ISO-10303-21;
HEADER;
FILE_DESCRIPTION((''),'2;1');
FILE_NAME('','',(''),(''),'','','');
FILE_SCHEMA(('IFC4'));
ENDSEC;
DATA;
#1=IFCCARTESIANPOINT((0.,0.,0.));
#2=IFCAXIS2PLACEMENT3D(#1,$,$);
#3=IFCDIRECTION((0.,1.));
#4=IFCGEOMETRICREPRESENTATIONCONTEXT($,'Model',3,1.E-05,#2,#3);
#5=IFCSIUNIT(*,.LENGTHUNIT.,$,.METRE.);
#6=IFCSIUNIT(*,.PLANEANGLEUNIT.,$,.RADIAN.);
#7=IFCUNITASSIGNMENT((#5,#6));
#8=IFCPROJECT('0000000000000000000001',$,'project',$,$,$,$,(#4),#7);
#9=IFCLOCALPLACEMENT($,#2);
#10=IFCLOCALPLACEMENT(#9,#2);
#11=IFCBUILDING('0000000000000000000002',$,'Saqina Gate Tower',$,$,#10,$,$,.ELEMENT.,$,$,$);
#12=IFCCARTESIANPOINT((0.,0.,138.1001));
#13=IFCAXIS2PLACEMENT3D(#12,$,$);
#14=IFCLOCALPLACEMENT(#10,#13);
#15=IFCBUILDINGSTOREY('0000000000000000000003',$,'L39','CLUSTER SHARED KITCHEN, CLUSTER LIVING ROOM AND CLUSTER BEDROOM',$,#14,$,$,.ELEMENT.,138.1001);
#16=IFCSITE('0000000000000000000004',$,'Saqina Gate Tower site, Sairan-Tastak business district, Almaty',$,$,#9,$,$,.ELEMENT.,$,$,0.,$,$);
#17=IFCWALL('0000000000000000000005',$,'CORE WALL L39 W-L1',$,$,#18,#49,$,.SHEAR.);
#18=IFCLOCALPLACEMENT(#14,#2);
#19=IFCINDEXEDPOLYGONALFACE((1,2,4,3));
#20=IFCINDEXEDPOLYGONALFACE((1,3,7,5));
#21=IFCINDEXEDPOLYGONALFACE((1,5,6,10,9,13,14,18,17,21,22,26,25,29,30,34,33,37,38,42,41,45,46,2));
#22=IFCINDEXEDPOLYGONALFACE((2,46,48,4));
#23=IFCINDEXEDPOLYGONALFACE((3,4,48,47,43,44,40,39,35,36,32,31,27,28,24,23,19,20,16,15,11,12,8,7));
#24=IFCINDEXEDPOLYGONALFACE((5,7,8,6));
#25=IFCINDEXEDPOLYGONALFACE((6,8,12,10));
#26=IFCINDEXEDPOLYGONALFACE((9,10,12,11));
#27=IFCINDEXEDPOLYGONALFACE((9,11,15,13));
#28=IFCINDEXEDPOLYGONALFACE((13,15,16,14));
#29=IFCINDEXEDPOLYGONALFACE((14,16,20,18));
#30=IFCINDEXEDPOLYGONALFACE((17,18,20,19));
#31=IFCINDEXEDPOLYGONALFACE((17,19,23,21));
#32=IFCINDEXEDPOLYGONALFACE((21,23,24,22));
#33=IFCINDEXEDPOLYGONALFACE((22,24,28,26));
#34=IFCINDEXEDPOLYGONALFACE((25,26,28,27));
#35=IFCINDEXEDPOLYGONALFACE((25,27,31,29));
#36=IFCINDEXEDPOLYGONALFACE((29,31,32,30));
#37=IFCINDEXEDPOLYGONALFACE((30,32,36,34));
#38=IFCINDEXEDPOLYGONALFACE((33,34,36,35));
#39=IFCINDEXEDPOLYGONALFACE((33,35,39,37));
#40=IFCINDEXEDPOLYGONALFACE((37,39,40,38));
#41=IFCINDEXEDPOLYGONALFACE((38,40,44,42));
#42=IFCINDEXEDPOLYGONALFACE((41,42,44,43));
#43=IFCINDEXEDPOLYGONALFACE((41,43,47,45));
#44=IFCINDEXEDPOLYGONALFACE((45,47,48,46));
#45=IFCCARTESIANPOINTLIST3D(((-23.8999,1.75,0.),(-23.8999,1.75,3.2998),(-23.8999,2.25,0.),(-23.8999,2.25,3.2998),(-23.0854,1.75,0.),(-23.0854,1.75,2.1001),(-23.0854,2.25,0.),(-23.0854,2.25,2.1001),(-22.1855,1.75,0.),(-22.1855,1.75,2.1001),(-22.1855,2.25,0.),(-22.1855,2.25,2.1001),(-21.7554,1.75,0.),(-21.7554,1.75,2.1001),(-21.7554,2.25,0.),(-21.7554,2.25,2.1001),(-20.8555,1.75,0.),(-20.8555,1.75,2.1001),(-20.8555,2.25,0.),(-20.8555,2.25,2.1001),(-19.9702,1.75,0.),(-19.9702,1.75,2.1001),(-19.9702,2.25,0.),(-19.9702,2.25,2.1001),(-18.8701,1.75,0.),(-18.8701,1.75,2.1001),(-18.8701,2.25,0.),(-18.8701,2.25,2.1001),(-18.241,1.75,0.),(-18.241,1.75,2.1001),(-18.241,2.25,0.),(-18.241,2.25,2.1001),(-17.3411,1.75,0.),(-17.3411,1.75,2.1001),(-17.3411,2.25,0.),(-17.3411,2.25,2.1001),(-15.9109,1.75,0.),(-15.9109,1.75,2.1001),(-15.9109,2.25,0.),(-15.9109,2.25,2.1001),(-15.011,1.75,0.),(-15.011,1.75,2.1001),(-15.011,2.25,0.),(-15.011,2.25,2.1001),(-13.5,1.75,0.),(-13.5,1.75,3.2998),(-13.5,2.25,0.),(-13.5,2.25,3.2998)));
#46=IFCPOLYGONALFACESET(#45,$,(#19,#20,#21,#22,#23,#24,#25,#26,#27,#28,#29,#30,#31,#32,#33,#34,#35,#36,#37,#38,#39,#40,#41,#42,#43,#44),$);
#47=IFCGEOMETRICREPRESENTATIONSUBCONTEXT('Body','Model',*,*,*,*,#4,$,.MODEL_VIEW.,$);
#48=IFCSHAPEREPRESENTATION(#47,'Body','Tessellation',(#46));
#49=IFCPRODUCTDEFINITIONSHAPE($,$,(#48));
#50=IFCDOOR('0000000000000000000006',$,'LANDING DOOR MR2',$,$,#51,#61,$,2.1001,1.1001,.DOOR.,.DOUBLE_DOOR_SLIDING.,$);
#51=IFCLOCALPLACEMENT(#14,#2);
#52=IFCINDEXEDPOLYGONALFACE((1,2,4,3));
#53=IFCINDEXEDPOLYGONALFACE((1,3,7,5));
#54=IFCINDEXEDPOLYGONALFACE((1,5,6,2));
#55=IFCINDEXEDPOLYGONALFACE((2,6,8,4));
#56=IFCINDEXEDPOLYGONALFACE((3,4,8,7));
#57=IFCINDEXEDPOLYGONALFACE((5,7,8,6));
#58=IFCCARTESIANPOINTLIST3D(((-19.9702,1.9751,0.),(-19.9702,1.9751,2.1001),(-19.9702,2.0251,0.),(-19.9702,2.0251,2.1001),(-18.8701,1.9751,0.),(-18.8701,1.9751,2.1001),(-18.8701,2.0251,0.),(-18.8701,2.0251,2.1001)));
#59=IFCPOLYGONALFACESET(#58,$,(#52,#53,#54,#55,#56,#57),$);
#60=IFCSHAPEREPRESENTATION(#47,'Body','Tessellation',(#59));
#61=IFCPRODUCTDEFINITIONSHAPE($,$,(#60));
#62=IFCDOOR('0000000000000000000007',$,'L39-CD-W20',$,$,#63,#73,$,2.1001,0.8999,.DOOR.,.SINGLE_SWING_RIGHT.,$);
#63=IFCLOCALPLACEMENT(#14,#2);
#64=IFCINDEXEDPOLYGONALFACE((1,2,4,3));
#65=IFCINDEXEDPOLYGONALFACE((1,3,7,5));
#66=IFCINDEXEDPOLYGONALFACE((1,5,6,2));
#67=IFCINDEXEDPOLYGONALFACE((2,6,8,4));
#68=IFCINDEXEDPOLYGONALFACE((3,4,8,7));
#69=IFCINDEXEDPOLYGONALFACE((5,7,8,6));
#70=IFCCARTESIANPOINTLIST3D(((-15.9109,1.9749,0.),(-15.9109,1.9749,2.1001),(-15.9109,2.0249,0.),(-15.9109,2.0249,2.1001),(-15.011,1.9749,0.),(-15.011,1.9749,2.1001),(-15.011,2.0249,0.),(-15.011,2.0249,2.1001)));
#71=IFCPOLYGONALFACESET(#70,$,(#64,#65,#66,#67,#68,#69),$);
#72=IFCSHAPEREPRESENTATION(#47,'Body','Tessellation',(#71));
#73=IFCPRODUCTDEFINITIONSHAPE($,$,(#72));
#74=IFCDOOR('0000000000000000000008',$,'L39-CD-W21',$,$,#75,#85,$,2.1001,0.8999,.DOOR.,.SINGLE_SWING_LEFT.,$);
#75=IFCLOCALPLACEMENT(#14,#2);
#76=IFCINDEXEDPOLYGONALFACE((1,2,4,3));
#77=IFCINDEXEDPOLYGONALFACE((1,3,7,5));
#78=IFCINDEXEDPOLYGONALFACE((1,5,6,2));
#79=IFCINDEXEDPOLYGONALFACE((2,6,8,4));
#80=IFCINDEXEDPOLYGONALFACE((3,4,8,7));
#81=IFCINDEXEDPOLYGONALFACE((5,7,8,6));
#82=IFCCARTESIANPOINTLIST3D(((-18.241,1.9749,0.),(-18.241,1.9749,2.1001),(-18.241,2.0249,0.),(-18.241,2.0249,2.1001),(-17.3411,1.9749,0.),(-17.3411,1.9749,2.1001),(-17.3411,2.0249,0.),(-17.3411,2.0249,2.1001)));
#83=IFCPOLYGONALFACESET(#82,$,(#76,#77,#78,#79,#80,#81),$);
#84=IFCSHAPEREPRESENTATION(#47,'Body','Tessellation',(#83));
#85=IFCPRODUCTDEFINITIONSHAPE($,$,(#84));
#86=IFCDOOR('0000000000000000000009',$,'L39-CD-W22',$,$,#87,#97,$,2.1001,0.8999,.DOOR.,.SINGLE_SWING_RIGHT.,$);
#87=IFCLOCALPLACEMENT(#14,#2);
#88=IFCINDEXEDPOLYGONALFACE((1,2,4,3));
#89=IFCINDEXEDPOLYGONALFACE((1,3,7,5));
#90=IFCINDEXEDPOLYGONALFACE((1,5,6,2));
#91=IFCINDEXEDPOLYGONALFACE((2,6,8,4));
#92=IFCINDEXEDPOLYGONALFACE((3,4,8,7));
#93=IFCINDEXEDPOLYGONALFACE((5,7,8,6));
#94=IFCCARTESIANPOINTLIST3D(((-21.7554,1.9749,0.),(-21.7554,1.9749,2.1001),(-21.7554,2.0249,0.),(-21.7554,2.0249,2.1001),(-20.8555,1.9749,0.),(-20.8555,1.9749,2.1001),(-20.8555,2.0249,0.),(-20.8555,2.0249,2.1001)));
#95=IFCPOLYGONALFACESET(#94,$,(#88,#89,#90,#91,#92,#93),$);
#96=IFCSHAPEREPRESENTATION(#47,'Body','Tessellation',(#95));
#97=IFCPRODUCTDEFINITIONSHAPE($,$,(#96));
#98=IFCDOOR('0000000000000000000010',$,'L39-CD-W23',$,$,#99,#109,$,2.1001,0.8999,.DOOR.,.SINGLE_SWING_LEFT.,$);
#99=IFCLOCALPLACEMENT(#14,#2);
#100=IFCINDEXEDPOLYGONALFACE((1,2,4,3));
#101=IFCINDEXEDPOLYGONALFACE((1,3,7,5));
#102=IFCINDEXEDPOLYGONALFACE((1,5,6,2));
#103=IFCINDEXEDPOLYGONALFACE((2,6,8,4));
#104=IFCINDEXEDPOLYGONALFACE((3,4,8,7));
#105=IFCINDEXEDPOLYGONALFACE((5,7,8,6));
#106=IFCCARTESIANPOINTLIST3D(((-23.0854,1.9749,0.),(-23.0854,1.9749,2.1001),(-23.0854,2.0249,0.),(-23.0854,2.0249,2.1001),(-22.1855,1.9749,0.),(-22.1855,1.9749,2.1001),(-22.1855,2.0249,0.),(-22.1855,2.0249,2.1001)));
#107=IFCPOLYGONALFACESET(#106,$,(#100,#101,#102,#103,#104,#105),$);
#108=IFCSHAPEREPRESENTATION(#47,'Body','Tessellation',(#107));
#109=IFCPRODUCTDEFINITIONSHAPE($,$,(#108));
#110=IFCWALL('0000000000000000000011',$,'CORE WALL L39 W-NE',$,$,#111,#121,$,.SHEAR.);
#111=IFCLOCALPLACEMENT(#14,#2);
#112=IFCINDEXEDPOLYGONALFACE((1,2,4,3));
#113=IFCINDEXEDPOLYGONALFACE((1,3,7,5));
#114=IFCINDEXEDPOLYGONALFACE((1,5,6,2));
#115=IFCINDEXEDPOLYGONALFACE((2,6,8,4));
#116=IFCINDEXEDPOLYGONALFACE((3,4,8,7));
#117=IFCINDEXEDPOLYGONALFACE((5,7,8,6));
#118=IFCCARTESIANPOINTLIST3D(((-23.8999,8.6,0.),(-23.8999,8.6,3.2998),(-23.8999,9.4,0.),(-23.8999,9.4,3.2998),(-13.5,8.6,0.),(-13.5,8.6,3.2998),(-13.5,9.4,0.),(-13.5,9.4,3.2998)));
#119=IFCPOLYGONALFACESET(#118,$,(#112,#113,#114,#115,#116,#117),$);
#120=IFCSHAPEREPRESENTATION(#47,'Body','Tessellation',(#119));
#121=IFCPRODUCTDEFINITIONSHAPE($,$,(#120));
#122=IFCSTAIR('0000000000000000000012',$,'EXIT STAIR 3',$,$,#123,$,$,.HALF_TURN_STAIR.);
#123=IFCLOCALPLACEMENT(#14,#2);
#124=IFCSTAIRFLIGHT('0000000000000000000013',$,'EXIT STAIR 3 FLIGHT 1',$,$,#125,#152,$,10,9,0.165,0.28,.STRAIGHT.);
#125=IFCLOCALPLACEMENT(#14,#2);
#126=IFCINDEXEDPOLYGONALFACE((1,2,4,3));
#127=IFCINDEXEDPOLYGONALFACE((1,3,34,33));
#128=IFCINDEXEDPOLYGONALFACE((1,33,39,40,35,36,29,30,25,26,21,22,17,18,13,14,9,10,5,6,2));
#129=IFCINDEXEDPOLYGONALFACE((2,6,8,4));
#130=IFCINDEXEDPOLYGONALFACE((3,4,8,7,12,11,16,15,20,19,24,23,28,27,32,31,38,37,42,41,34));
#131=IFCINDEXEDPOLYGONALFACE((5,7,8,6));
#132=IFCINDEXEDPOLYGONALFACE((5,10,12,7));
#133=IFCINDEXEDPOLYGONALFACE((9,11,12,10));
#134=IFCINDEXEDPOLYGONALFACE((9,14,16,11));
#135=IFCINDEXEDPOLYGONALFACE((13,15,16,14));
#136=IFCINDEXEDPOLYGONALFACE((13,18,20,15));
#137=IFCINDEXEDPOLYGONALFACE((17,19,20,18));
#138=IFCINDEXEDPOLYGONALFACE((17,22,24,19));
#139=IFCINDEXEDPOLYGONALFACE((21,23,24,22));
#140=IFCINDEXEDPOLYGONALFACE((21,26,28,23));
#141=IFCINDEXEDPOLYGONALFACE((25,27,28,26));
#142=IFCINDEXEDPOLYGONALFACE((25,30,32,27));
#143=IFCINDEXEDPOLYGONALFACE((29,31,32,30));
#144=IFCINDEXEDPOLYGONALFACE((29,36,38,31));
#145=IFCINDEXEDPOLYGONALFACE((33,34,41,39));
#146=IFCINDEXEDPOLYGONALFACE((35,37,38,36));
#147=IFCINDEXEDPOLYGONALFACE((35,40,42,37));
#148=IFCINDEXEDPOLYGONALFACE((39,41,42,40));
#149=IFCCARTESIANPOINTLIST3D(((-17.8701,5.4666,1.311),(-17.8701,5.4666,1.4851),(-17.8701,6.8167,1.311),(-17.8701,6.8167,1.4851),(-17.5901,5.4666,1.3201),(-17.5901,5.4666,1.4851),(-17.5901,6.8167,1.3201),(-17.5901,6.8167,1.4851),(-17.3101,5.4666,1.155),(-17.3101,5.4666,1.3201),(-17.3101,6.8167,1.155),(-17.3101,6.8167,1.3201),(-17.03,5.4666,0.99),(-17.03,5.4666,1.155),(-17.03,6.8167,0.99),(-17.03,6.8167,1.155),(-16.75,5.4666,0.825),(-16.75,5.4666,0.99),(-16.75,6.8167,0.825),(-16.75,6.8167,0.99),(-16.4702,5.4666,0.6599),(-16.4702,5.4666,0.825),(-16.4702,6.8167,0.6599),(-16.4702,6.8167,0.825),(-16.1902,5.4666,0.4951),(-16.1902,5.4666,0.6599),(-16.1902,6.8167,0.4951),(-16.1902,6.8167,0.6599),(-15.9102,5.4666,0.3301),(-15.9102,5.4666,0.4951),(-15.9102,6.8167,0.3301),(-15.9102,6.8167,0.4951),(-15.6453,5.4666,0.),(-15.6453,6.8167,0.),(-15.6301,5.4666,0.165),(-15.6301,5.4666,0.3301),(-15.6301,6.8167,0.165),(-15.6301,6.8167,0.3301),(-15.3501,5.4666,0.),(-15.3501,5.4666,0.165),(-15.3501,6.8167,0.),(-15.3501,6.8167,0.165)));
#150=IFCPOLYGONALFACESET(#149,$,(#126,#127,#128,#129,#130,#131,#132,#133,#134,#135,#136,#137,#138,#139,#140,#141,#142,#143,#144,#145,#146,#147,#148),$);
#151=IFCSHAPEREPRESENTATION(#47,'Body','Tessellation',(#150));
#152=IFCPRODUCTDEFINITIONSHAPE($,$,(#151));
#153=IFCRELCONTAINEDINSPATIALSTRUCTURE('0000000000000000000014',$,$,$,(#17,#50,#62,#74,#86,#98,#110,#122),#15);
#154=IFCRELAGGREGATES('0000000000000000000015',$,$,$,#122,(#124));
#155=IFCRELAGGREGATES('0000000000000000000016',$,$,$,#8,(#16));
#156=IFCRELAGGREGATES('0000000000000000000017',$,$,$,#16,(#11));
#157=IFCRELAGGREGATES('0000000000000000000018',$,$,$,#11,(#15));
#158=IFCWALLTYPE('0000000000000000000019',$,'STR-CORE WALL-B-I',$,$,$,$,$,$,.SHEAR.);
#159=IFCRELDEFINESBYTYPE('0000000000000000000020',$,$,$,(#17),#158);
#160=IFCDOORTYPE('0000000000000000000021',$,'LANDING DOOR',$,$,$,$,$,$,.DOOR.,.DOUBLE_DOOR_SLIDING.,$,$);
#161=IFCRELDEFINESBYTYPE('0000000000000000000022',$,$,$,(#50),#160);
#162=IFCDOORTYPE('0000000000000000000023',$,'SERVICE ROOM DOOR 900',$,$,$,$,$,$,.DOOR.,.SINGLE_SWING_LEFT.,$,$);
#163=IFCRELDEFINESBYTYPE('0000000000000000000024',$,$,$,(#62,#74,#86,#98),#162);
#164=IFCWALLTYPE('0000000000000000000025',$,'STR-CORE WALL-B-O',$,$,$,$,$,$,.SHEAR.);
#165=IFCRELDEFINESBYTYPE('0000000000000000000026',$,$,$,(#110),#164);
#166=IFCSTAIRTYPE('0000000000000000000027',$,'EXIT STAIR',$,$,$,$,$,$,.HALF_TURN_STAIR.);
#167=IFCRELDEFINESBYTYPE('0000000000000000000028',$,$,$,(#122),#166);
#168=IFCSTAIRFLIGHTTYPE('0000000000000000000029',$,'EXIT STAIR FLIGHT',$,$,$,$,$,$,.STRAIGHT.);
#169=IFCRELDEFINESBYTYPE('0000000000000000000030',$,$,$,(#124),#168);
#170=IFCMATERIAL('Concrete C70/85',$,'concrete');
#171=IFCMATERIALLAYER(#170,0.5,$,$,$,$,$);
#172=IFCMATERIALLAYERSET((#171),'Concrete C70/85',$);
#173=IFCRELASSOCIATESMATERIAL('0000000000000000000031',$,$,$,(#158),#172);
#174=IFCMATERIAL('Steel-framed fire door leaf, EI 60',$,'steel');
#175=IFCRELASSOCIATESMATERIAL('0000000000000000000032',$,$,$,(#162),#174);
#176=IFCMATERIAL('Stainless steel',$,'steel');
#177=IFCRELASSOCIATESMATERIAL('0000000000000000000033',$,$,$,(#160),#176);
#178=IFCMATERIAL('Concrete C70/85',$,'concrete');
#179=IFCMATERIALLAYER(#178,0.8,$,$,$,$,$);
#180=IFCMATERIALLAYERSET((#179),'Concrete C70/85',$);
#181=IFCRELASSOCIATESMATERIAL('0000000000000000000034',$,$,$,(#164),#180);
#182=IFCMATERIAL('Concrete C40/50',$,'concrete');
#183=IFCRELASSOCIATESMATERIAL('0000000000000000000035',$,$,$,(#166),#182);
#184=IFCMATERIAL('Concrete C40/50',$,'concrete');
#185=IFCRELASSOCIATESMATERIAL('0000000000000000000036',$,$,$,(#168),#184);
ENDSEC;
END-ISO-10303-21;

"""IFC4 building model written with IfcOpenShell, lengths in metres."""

from ifc_helpers import new_model, si_unit, direction, frame, frame_2d, origin, place, context, subcontext, project, spatial, polyline, rectangle, outline, extrude, material, layer, layer_set, type_object, element, fill, aggregate, save


model = new_model("IFC4")

# Units and contexts
model_context = context("Model", 3, precision=1e-05, world=origin(), true_north=direction((0.0, 1.0)))
body_context = subcontext(model_context, "Body", "Model", "MODEL_VIEW")
ifc_project = project(units=[si_unit("LENGTHUNIT", "METRE"), si_unit("PLANEANGLEUNIT", "RADIAN")], contexts=[model_context])

# Site, building, storey
site_placement = place(None, origin())
site = spatial("IfcSite", under=ifc_project, at=site_placement, Name="Saqina Gate Tower site, Sairan-Tastak business district, Almaty", CompositionType="ELEMENT", RefElevation=0.0)
building_placement = place(site_placement, origin())
building = spatial("IfcBuilding", under=site, at=building_placement, Name="Saqina Gate Tower", CompositionType="ELEMENT")
storey_placement = place(building_placement, frame((0.0, 0.0, 138.1001)))
storey = spatial("IfcBuildingStorey", under=building, at=storey_placement, Name="L39", Description="CLUSTER SHARED KITCHEN, CLUSTER LIVING ROOM AND CLUSTER BEDROOM", CompositionType="ELEMENT", Elevation=138.1001)

# Shared definitions
ifc_material_1 = material(Name="Concrete C70/85", Category="concrete")
ifc_layer_1 = layer(ifc_material_1, 0.5)
ifc_layer_set_1 = layer_set([ifc_layer_1], Name="Concrete C70/85")
wall_type_1 = type_object("IfcWallType", Name="STR-CORE WALL-B-I", PredefinedType="SHEAR", material=ifc_layer_set_1)
ifc_material_2 = material(Name="Steel-framed fire door leaf, EI 60", Category="steel")
door_type_1 = type_object("IfcDoorType", Name="SERVICE ROOM DOOR 900", OperationType="SINGLE_SWING_LEFT", PredefinedType="DOOR", material=ifc_material_2)

# Wall, openings, doors
wall_1_placement = place(storey_placement, frame((-13.5, 2.0, 0.0), z_axis=(0.0, 0.0, 1.0), x_axis=(-1.0, 0.0, 0.0)))
wall_1 = element("IfcWall", 1, at=wall_1_placement, inside=storey, type_object=wall_type_1, Name="CORE WALL L39 W-L1", PredefinedType="SHEAR", context=body_context, shape_type="SweptSolid", body=[
    extrude(rectangle(XDim=10.3999, YDim=0.5, at=frame_2d((5.2, 0.0))), origin(), (0.0, 0.0, 1.0), 3.2998),
])
opening_1_placement = place(wall_1_placement, frame((5.3701, 0.0, 0.0)))
opening_1 = element("IfcOpeningElement", 2, at=opening_1_placement, cuts=wall_1, PredefinedType="OPENING", context=body_context, shape_type="SweptSolid", body=[
    extrude(rectangle(XDim=1.1001, YDim=2.1001, at=frame_2d((0.55, 1.05))), frame((0.0, 0.262, 0.0), z_axis=(0.0, -1.0, 0.0), x_axis=(1.0, 0.0, 0.0)), (0.0, 0.0, 1.0), 0.5239),
])
opening_2_placement = place(wall_1_placement, frame((1.511, 0.0, 0.0)))
opening_2 = element("IfcOpeningElement", 3, at=opening_2_placement, cuts=wall_1, PredefinedType="OPENING", context=body_context, shape_type="SweptSolid", body=[
    extrude(rectangle(XDim=0.8999, YDim=2.1001, at=frame_2d((0.45, 1.05))), frame((0.0, 0.262, 0.0), z_axis=(0.0, -1.0, 0.0), x_axis=(1.0, 0.0, 0.0)), (0.0, 0.0, 1.0), 0.5239),
])
opening_3_placement = place(wall_1_placement, frame((3.8411, 0.0, 0.0)))
opening_3 = element("IfcOpeningElement", 4, at=opening_3_placement, cuts=wall_1, PredefinedType="OPENING", context=body_context, shape_type="SweptSolid", body=[
    extrude(rectangle(XDim=0.8999, YDim=2.1001, at=frame_2d((0.45, 1.05))), frame((0.0, 0.262, 0.0), z_axis=(0.0, -1.0, 0.0), x_axis=(1.0, 0.0, 0.0)), (0.0, 0.0, 1.0), 0.5239),
])
opening_4_placement = place(wall_1_placement, frame((7.3555, 0.0, 0.0)))
opening_4 = element("IfcOpeningElement", 5, at=opening_4_placement, cuts=wall_1, PredefinedType="OPENING", context=body_context, shape_type="SweptSolid", body=[
    extrude(rectangle(XDim=0.8999, YDim=2.1001, at=frame_2d((0.45, 1.05))), frame((0.0, 0.262, 0.0), z_axis=(0.0, -1.0, 0.0), x_axis=(1.0, 0.0, 0.0)), (0.0, 0.0, 1.0), 0.5239),
])
opening_5_placement = place(wall_1_placement, frame((8.6855, 0.0, 0.0)))
opening_5 = element("IfcOpeningElement", 6, at=opening_5_placement, cuts=wall_1, PredefinedType="OPENING", context=body_context, shape_type="SweptSolid", body=[
    extrude(rectangle(XDim=0.8999, YDim=2.1001, at=frame_2d((0.45, 1.05))), frame((0.0, 0.262, 0.0), z_axis=(0.0, -1.0, 0.0), x_axis=(1.0, 0.0, 0.0)), (0.0, 0.0, 1.0), 0.5239),
])
ifc_material_3 = material(Name="Stainless steel", Category="steel")
door_type_2 = type_object("IfcDoorType", Name="LANDING DOOR", OperationType="DOUBLE_DOOR_SLIDING", PredefinedType="DOOR", material=ifc_material_3)
door_1_placement = place(opening_1_placement, origin())
door_1 = element("IfcDoor", 7, at=door_1_placement, inside=storey, type_object=door_type_2, Name="LANDING DOOR MR2", OperationType="DOUBLE_DOOR_SLIDING", OverallHeight=2.1001, OverallWidth=1.1001, PredefinedType="DOOR", context=body_context, shape_type="SweptSolid", body=[
    extrude(rectangle(XDim=1.1001, YDim=2.1001, at=frame_2d((0.55, 1.05))), frame((0.0, 0.0249, 0.0), z_axis=(0.0, -1.0, 0.0), x_axis=(1.0, 0.0, 0.0)), (0.0, 0.0, 1.0), 0.05),
])
fill(opening_1, door_1)
door_2_placement = place(opening_2_placement, frame((0.8999, 0.0, 0.0), z_axis=(0.0, 0.0, 1.0), x_axis=(-1.0, 0.0, 0.0)))
door_2 = element("IfcDoor", 8, at=door_2_placement, inside=storey, type_object=door_type_1, Name="L39-CD-W20", OperationType="SINGLE_SWING_RIGHT", OverallHeight=2.1001, OverallWidth=0.8999, PredefinedType="DOOR", context=body_context, shape_type="SweptSolid", body=[
    extrude(rectangle(XDim=0.8999, YDim=2.1001, at=frame_2d((0.45, 1.05))), frame((0.0, 0.0249, 0.0), z_axis=(0.0, -1.0, 0.0), x_axis=(1.0, 0.0, 0.0)), (0.0, 0.0, 1.0), 0.05),
])
fill(opening_2, door_2)
door_3_placement = place(opening_3_placement, frame((0.8999, 0.0, 0.0), z_axis=(0.0, 0.0, 1.0), x_axis=(-1.0, 0.0, 0.0)))
door_3 = element("IfcDoor", 9, at=door_3_placement, inside=storey, type_object=door_type_1, Name="L39-CD-W21", OperationType="SINGLE_SWING_LEFT", OverallHeight=2.1001, OverallWidth=0.8999, PredefinedType="DOOR", context=body_context, shape_type="SweptSolid", body=[
    extrude(rectangle(XDim=0.8999, YDim=2.1001, at=frame_2d((0.45, 1.05))), frame((0.0, 0.0249, 0.0), z_axis=(0.0, -1.0, 0.0), x_axis=(1.0, 0.0, 0.0)), (0.0, 0.0, 1.0), 0.05),
])
fill(opening_3, door_3)
door_4_placement = place(opening_4_placement, frame((0.8999, 0.0, 0.0), z_axis=(0.0, 0.0, 1.0), x_axis=(-1.0, 0.0, 0.0)))
door_4 = element("IfcDoor", 10, at=door_4_placement, inside=storey, type_object=door_type_1, Name="L39-CD-W22", OperationType="SINGLE_SWING_RIGHT", OverallHeight=2.1001, OverallWidth=0.8999, PredefinedType="DOOR", context=body_context, shape_type="SweptSolid", body=[
    extrude(rectangle(XDim=0.8999, YDim=2.1001, at=frame_2d((0.45, 1.05))), frame((0.0, 0.0249, 0.0), z_axis=(0.0, -1.0, 0.0), x_axis=(1.0, 0.0, 0.0)), (0.0, 0.0, 1.0), 0.05),
])
fill(opening_4, door_4)
door_5_placement = place(opening_5_placement, frame((0.8999, 0.0, 0.0), z_axis=(0.0, 0.0, 1.0), x_axis=(-1.0, 0.0, 0.0)))
door_5 = element("IfcDoor", 11, at=door_5_placement, inside=storey, type_object=door_type_1, Name="L39-CD-W23", OperationType="SINGLE_SWING_LEFT", OverallHeight=2.1001, OverallWidth=0.8999, PredefinedType="DOOR", context=body_context, shape_type="SweptSolid", body=[
    extrude(rectangle(XDim=0.8999, YDim=2.1001, at=frame_2d((0.45, 1.05))), frame((0.0, 0.0249, 0.0), z_axis=(0.0, -1.0, 0.0), x_axis=(1.0, 0.0, 0.0)), (0.0, 0.0, 1.0), 0.05),
])
fill(opening_5, door_5)

# Wall
ifc_material_4 = material(Name="Concrete C70/85", Category="concrete")
ifc_layer_2 = layer(ifc_material_4, 0.8)
ifc_layer_set_2 = layer_set([ifc_layer_2], Name="Concrete C70/85")
wall_type_2 = type_object("IfcWallType", Name="STR-CORE WALL-B-O", PredefinedType="SHEAR", material=ifc_layer_set_2)
wall_2_placement = place(storey_placement, frame((-13.5, 9.0, 0.0), z_axis=(0.0, 0.0, 1.0), x_axis=(-1.0, 0.0, 0.0)))
element("IfcWall", 12, at=wall_2_placement, inside=storey, type_object=wall_type_2, Name="CORE WALL L39 W-NE", PredefinedType="SHEAR", context=body_context, shape_type="SweptSolid", body=[
    extrude(rectangle(XDim=10.3999, YDim=0.8, at=frame_2d((5.2, 0.0))), origin(), (0.0, 0.0, 1.0), 3.2998),
])

# Stair, stair flight
ifc_material_5 = material(Name="Concrete C40/50", Category="concrete")
stair_type = type_object("IfcStairType", Name="EXIT STAIR", PredefinedType="HALF_TURN_STAIR", material=ifc_material_5)
stair_placement = place(storey_placement, origin())
stair = element("IfcStair", 13, at=stair_placement, inside=storey, type_object=stair_type, Name="EXIT STAIR 3", PredefinedType="HALF_TURN_STAIR")
ifc_material_6 = material(Name="Concrete C40/50", Category="concrete")
stair_flight_type = type_object("IfcStairFlightType", Name="EXIT STAIR FLIGHT", PredefinedType="STRAIGHT", material=ifc_material_6)
stair_flight_1_placement = place(storey_placement, frame((-15.3501, 6.1416, 0.0), z_axis=(0.0, 0.0, 1.0), x_axis=(-1.0, 0.0, 0.0)))
stair_flight_1 = element("IfcStairFlight", 14, at=stair_flight_1_placement, type_object=stair_flight_type, Name="EXIT STAIR 3 FLIGHT 1", NumberOfRisers=10, NumberOfTreads=9, PredefinedType="STRAIGHT", RiserHeight=0.165, TreadLength=0.28, context=body_context, shape_type="SweptSolid", body=[
    extrude(outline(polyline([(0.0, 0.0), (0.0, 0.165), (0.28, 0.165), (0.28, 0.3301), (0.5601, 0.3301), (0.5601, 0.4951), (0.8401, 0.4951), (0.8401, 0.6599), (1.1201, 0.6599), (1.1201, 0.825), (1.3999, 0.825), (1.3999, 0.99), (1.6799, 0.99), (1.6799, 1.155), (1.96, 1.155), (1.96, 1.3201), (2.24, 1.3201), (2.24, 1.4851), (2.52, 1.4851), (2.52, 1.6499), (2.52, 1.311), (0.2952, 0.0), (0.0, 0.0)])), frame((0.0, 0.675, 0.0), z_axis=(0.0, -1.0, 0.0), x_axis=(1.0, 0.0, 0.0)), (0.0, 0.0, 1.0), 1.3501),
])
aggregate(stair, [stair_flight_1])

save(model, "model.ifc")
